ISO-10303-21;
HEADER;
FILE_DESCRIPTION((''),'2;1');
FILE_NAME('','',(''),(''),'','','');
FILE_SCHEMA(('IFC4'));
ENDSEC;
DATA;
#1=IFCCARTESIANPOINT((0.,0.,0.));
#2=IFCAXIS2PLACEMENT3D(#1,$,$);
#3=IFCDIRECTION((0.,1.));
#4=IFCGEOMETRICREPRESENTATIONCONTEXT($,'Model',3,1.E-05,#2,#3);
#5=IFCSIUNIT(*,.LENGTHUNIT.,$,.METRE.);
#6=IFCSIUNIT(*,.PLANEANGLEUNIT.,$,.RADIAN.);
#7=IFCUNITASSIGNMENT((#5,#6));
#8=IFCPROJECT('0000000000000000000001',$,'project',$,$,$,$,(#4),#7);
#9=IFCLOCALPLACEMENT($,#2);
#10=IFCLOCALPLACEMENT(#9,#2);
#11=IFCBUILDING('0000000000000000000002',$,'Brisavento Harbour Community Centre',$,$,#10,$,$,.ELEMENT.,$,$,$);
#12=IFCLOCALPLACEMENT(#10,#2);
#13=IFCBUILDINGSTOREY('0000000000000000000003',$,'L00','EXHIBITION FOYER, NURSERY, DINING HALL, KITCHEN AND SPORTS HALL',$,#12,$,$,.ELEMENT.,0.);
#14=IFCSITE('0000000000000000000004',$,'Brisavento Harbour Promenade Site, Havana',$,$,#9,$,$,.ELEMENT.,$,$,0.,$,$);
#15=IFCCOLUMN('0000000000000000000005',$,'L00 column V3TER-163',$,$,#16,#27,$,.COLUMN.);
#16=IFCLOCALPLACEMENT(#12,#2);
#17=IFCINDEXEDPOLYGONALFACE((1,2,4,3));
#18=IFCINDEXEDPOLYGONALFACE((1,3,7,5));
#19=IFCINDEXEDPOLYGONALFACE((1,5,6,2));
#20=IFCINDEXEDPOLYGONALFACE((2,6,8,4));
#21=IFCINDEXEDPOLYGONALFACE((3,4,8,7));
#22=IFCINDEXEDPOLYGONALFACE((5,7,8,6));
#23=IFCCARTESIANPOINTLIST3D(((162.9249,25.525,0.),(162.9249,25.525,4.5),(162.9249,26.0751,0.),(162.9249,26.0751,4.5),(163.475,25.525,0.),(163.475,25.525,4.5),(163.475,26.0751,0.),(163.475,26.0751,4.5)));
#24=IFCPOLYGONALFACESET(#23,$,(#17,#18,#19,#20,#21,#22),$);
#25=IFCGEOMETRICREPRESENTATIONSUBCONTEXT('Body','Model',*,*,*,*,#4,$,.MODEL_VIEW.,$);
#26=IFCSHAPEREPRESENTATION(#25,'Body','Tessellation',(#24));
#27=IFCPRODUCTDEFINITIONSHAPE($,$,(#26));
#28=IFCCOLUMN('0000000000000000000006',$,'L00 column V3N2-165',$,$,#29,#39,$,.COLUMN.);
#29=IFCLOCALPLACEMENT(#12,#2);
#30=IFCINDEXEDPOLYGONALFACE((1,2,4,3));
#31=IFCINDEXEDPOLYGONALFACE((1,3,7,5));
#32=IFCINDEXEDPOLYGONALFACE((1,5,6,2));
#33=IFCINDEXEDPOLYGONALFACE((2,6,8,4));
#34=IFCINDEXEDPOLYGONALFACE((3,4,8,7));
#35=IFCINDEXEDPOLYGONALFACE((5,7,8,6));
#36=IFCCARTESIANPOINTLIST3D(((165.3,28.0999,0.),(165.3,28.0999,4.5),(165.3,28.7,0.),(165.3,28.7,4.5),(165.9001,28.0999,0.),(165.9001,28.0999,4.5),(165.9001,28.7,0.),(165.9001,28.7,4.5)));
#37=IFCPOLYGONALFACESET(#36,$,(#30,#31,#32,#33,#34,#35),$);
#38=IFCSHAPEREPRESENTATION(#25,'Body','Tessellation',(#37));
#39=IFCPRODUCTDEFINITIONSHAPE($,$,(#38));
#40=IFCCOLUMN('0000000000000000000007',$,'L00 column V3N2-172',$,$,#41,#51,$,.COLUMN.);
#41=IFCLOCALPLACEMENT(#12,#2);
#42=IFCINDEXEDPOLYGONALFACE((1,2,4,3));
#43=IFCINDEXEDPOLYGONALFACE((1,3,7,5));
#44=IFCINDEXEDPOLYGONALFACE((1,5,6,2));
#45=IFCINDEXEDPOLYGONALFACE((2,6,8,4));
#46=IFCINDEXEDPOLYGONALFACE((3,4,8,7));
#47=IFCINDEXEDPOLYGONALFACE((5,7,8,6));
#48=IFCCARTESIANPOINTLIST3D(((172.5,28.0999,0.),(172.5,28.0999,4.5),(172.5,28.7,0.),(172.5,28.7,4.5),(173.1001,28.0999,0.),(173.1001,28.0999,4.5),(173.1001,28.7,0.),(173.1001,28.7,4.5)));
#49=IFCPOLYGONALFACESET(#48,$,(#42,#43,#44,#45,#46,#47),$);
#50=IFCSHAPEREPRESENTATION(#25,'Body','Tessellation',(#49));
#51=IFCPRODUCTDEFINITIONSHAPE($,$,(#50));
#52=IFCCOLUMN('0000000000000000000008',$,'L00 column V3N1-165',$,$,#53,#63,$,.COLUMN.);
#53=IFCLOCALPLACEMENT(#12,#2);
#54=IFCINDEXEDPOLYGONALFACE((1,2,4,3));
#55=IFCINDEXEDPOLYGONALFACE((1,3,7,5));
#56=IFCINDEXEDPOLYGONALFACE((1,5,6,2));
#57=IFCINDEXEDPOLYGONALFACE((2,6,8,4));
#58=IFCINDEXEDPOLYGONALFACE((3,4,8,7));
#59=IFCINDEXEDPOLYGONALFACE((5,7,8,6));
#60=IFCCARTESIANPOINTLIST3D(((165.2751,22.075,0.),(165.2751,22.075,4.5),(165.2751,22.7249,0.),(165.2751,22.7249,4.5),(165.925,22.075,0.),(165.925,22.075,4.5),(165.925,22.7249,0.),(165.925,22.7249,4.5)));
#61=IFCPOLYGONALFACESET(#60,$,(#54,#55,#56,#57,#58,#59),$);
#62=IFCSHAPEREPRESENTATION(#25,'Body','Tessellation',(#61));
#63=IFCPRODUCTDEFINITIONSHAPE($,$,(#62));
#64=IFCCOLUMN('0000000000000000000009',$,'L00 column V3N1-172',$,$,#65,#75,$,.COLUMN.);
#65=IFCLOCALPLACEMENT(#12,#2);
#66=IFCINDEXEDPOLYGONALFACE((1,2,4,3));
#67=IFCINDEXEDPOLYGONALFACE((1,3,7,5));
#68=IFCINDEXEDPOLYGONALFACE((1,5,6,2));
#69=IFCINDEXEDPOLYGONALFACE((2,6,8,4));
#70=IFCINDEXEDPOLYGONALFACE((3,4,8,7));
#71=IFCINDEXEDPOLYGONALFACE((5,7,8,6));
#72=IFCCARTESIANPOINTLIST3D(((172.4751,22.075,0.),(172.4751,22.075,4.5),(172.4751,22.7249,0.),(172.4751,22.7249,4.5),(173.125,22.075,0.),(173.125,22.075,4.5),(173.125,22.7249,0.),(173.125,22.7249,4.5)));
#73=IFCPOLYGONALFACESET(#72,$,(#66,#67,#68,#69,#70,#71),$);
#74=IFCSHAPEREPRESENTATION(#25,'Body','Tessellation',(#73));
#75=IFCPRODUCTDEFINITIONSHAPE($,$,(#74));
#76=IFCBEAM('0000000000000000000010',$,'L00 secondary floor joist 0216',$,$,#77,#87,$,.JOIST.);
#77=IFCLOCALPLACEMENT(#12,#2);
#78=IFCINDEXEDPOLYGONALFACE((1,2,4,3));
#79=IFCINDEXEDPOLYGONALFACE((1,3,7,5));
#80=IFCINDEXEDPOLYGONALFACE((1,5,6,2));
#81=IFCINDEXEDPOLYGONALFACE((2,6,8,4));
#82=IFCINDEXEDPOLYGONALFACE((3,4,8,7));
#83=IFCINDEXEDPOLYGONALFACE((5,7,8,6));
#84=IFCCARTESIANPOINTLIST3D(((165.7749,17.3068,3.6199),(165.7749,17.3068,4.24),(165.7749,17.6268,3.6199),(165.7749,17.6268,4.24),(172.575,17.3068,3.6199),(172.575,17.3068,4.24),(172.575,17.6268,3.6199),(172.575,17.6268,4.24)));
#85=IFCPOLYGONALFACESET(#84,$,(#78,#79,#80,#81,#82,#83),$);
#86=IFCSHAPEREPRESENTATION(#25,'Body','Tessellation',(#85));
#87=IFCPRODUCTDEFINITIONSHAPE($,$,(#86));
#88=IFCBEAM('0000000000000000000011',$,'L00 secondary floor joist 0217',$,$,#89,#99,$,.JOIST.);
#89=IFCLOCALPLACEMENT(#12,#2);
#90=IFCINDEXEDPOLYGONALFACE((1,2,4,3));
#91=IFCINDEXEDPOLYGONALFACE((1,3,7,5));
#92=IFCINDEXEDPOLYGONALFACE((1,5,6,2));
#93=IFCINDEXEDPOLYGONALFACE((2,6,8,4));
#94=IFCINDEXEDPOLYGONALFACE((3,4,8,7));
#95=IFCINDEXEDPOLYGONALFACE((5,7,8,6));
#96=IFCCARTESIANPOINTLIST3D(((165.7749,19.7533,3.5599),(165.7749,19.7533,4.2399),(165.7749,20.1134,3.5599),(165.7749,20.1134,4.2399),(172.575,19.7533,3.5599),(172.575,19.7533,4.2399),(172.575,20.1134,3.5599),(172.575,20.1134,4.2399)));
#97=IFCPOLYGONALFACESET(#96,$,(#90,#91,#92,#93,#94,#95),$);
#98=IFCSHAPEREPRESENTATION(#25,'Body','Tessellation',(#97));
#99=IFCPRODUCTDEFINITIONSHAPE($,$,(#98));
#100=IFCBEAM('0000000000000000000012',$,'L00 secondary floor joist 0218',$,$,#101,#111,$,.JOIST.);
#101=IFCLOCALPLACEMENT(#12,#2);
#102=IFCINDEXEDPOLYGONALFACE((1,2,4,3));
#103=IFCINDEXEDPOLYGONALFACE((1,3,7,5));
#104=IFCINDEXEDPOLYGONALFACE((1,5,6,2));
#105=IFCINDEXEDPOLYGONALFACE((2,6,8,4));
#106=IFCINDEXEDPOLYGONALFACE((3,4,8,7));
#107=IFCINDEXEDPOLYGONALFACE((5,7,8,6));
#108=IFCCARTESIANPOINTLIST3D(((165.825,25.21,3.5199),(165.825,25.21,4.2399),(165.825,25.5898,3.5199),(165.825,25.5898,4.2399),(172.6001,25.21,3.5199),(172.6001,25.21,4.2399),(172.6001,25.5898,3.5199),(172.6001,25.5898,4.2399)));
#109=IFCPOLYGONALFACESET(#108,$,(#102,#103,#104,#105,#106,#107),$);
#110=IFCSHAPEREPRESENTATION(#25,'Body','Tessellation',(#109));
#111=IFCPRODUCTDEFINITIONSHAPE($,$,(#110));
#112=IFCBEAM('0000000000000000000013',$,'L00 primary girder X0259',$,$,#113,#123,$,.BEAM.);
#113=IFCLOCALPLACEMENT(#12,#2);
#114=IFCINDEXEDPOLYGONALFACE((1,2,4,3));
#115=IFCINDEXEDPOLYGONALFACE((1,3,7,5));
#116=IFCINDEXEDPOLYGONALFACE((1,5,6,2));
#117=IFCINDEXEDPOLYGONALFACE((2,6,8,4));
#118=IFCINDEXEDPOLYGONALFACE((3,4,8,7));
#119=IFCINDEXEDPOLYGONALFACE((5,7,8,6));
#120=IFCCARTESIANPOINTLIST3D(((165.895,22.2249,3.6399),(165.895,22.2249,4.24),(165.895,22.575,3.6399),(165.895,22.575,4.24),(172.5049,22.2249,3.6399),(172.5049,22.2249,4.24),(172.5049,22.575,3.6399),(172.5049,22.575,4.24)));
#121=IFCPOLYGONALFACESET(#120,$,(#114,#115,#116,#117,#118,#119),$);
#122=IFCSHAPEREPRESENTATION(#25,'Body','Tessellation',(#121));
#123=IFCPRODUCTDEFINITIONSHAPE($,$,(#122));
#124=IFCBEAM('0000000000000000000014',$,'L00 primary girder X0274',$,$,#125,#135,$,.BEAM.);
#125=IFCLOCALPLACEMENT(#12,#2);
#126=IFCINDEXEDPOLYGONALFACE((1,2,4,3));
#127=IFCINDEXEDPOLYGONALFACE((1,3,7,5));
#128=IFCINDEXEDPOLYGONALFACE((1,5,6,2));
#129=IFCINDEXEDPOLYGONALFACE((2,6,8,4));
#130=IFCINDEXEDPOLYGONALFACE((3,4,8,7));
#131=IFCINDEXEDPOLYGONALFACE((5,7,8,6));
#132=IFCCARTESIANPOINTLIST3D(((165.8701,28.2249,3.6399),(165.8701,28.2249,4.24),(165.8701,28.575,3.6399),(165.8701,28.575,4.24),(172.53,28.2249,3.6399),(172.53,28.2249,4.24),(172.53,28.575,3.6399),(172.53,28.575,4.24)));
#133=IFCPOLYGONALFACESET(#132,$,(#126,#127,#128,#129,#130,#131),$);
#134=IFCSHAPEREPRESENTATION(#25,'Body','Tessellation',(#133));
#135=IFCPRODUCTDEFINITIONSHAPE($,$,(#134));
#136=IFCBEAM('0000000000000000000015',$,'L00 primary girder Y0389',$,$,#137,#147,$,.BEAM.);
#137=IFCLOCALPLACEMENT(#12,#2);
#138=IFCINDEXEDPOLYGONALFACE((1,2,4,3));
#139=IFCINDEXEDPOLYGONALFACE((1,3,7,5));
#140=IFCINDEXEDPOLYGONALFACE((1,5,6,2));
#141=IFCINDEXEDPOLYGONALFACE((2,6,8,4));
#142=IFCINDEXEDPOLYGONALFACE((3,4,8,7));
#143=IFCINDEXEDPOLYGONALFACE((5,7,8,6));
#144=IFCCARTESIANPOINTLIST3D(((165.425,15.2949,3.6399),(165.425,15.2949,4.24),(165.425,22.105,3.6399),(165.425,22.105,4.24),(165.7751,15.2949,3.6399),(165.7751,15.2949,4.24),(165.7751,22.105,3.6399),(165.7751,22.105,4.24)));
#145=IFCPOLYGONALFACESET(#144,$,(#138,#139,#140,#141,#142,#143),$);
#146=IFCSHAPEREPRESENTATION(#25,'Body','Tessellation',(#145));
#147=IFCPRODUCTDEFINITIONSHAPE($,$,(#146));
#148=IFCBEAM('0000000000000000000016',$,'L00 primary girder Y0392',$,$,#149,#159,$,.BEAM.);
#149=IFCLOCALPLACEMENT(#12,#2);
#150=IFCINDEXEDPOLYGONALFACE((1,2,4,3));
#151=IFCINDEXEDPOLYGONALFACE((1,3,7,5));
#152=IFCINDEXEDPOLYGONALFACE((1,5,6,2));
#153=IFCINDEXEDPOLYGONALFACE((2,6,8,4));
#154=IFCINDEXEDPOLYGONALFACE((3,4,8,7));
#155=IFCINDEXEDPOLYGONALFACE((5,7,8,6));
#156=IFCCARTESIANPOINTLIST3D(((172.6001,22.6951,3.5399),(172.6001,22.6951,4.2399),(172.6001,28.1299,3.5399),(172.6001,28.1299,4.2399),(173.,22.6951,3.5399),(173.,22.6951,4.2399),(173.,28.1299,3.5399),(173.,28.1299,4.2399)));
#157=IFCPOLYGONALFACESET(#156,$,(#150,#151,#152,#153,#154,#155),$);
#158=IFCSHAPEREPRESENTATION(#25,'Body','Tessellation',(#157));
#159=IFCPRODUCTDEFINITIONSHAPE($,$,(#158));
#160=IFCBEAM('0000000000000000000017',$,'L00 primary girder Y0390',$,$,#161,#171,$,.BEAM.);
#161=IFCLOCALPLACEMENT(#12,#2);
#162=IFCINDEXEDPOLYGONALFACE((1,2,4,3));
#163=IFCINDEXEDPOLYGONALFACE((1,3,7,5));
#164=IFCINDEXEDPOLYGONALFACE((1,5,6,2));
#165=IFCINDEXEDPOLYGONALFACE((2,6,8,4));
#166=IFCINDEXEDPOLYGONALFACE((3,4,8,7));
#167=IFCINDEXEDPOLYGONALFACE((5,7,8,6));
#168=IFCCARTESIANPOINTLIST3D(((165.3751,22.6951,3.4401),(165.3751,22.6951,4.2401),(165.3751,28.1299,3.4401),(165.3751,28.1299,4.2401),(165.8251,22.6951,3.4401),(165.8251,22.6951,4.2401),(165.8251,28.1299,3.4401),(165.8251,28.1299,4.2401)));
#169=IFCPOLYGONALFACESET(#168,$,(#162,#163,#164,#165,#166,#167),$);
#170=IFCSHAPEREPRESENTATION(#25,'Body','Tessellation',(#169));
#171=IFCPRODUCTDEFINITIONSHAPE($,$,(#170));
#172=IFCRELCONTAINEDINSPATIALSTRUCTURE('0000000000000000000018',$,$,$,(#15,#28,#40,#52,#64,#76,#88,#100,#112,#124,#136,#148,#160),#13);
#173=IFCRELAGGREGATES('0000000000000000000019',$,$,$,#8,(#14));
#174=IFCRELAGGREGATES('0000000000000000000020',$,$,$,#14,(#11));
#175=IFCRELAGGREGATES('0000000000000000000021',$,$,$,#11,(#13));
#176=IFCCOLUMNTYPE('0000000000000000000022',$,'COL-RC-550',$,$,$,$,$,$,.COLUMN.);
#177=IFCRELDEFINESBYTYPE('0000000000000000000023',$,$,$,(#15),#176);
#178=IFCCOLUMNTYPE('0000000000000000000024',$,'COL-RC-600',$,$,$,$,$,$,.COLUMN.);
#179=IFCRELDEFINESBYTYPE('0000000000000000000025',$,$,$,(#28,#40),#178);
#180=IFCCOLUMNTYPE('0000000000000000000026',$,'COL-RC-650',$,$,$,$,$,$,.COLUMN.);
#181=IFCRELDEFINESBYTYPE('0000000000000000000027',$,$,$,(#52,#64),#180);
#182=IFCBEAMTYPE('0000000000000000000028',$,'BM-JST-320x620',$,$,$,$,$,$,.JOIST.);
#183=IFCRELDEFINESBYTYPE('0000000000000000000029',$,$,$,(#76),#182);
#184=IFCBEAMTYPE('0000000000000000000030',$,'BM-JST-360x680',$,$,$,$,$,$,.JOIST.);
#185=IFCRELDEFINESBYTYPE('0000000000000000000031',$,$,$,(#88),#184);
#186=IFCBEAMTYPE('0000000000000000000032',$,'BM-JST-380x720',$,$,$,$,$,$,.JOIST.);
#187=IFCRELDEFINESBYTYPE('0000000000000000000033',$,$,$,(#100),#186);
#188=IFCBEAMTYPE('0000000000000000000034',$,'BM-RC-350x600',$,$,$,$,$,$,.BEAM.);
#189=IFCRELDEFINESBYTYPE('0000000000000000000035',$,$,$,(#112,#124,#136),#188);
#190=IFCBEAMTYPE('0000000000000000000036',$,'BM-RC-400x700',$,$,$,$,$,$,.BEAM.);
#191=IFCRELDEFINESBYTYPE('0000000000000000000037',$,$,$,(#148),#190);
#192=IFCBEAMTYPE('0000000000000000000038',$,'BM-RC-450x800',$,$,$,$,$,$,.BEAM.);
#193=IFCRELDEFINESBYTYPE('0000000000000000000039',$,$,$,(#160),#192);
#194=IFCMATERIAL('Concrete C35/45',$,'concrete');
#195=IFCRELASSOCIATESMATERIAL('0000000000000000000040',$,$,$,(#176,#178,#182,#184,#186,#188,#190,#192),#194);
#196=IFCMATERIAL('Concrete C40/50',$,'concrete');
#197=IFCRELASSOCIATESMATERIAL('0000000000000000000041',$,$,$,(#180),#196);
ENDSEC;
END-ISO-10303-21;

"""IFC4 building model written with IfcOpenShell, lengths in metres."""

from ifc_helpers import new_model, si_unit, direction, frame, origin, origin_2d, place, context, subcontext, project, spatial, rectangle, extrude, material, material_profile, profile_set, type_object, element, save


model = new_model("IFC4")

# Units and contexts
model_context = context("Model", 3, precision=1e-05, world=origin(), true_north=direction((0.0, 1.0)))
body_context = subcontext(model_context, "Body", "Model", "MODEL_VIEW")
ifc_project = project(units=[si_unit("LENGTHUNIT", "METRE"), si_unit("PLANEANGLEUNIT", "RADIAN")], contexts=[model_context])

# Site, building, storey
site_placement = place(None, origin())
site = spatial("IfcSite", under=ifc_project, at=site_placement, Name="Brisavento Harbour Promenade Site, Havana", CompositionType="ELEMENT", RefElevation=0.0)
building_placement = place(site_placement, origin())
building = spatial("IfcBuilding", under=site, at=building_placement, Name="Brisavento Harbour Community Centre", CompositionType="ELEMENT")
storey_placement = place(building_placement, origin())
storey = spatial("IfcBuildingStorey", under=building, at=storey_placement, Name="L00", Description="EXHIBITION FOYER, NURSERY, DINING HALL, KITCHEN AND SPORTS HALL", CompositionType="ELEMENT", Elevation=0.0)

# Columns
ifc_material_1 = material(Name="Concrete C35/45", Category="concrete")
ifc_material_profile_1 = material_profile(ifc_material_1, rectangle(XDim=0.55, YDim=0.55, at=origin_2d()), Name="Concrete C35/45")
ifc_profile_set_1 = profile_set([ifc_material_profile_1], Name="Concrete C35/45")
column_type_1 = type_object("IfcColumnType", Name="COL-RC-550", PredefinedType="COLUMN", material=ifc_profile_set_1)
column_placement = place(storey_placement, frame((163.2, 25.8, 0.0), z_axis=(0.0, 0.0, 1.0), x_axis=(1.0, 0.0, 0.0)))
element("IfcColumn", 1, at=column_placement, inside=storey, type_object=column_type_1, Name="L00 column V3TER-163", PredefinedType="COLUMN", context=body_context, shape_type="SweptSolid", body=[
    extrude(rectangle(XDim=0.55, YDim=0.55, at=origin_2d()), origin(), (0.0, 0.0, 1.0), 4.5),
])
ifc_material_profile_2 = material_profile(ifc_material_1, rectangle(XDim=0.6001, YDim=0.6001, at=origin_2d()), Name="Concrete C35/45")
ifc_profile_set_2 = profile_set([ifc_material_profile_2], Name="Concrete C35/45")
column_type_2 = type_object("IfcColumnType", Name="COL-RC-600", PredefinedType="COLUMN", material=ifc_profile_set_2)
for number, where, z_axis, x_axis, name in (
    (2, (165.6001, 28.3999, 0.0), (0.0, 0.0, 1.0), (1.0, 0.0, 0.0), "L00 column V3N2-165"),
    (3, (172.8, 28.3999, 0.0), (0.0, 0.0, 1.0), (1.0, 0.0, 0.0), "L00 column V3N2-172"),
):
    element("IfcColumn", number, at=place(storey_placement, frame(where, z_axis=z_axis, x_axis=x_axis)), inside=storey, type_object=column_type_2, Name=name, PredefinedType="COLUMN", context=body_context, shape_type="SweptSolid", body=[
        extrude(rectangle(XDim=0.6001, YDim=0.6001, at=origin_2d()), origin(), (0.0, 0.0, 1.0), 4.5),
    ])
ifc_material_2 = material(Name="Concrete C40/50", Category="concrete")
ifc_material_profile_3 = material_profile(ifc_material_2, rectangle(XDim=0.6499, YDim=0.6499, at=origin_2d()), Name="Concrete C40/50")
ifc_profile_set_3 = profile_set([ifc_material_profile_3], Name="Concrete C40/50")
column_type_3 = type_object("IfcColumnType", Name="COL-RC-650", PredefinedType="COLUMN", material=ifc_profile_set_3)
for number, where, z_axis, x_axis, name in (
    (4, (165.6001, 22.3999, 0.0), (0.0, 0.0, 1.0), (1.0, 0.0, 0.0), "L00 column V3N1-165"),
    (5, (172.8, 22.3999, 0.0), (0.0, 0.0, 1.0), (1.0, 0.0, 0.0), "L00 column V3N1-172"),
):
    element("IfcColumn", number, at=place(storey_placement, frame(where, z_axis=z_axis, x_axis=x_axis)), inside=storey, type_object=column_type_3, Name=name, PredefinedType="COLUMN", context=body_context, shape_type="SweptSolid", body=[
        extrude(rectangle(XDim=0.6499, YDim=0.6499, at=origin_2d()), origin(), (0.0, 0.0, 1.0), 4.5),
    ])

# Beams
ifc_material_profile_4 = material_profile(ifc_material_1, rectangle(XDim=0.3201, YDim=0.6201, at=origin_2d()), Name="Concrete C35/45")
ifc_profile_set_4 = profile_set([ifc_material_profile_4], Name="Concrete C35/45")
beam_type_1 = type_object("IfcBeamType", Name="BM-JST-320x620", PredefinedType="JOIST", material=ifc_profile_set_4)
beam_1_placement = place(storey_placement, frame((165.7749, 17.4668, 3.9299), z_axis=(1.0, 0.0, 0.0), x_axis=(0.0, 1.0, 0.0)))
element("IfcBeam", 6, at=beam_1_placement, inside=storey, type_object=beam_type_1, Name="L00 secondary floor joist 0216", PredefinedType="JOIST", context=body_context, shape_type="SweptSolid", body=[
    extrude(rectangle(XDim=0.3201, YDim=0.6201, at=origin_2d()), origin(), (0.0, 0.0, 1.0), 6.8),
])
ifc_material_profile_5 = material_profile(ifc_material_1, rectangle(XDim=0.3601, YDim=0.6799, at=origin_2d()), Name="Concrete C35/45")
ifc_profile_set_5 = profile_set([ifc_material_profile_5], Name="Concrete C35/45")
beam_type_2 = type_object("IfcBeamType", Name="BM-JST-360x680", PredefinedType="JOIST", material=ifc_profile_set_5)
beam_2_placement = place(storey_placement, frame((165.7749, 19.9333, 3.8999), z_axis=(1.0, 0.0, 0.0), x_axis=(0.0, 1.0, 0.0)))
element("IfcBeam", 7, at=beam_2_placement, inside=storey, type_object=beam_type_2, Name="L00 secondary floor joist 0217", PredefinedType="JOIST", context=body_context, shape_type="SweptSolid", body=[
    extrude(rectangle(XDim=0.3601, YDim=0.6799, at=origin_2d()), origin(), (0.0, 0.0, 1.0), 6.8),
])
ifc_material_profile_6 = material_profile(ifc_material_1, rectangle(XDim=0.3799, YDim=0.72, at=origin_2d()), Name="Concrete C35/45")
ifc_profile_set_6 = profile_set([ifc_material_profile_6], Name="Concrete C35/45")
beam_type_3 = type_object("IfcBeamType", Name="BM-JST-380x720", PredefinedType="JOIST", material=ifc_profile_set_6)
beam_3_placement = place(storey_placement, frame((165.825, 25.3999, 3.8799), z_axis=(1.0, 0.0, 0.0), x_axis=(0.0, 1.0, 0.0)))
element("IfcBeam", 8, at=beam_3_placement, inside=storey, type_object=beam_type_3, Name="L00 secondary floor joist 0218", PredefinedType="JOIST", context=body_context, shape_type="SweptSolid", body=[
    extrude(rectangle(XDim=0.3799, YDim=0.72, at=origin_2d()), origin(), (0.0, 0.0, 1.0), 6.7751),
])
ifc_material_profile_7 = material_profile(ifc_material_1, rectangle(XDim=0.3501, YDim=0.6001, at=origin_2d()), Name="Concrete C35/45")
ifc_profile_set_7 = profile_set([ifc_material_profile_7], Name="Concrete C35/45")
beam_type_4 = type_object("IfcBeamType", Name="BM-RC-350x600", PredefinedType="BEAM", material=ifc_profile_set_7)
beam_4_placement = place(storey_placement, frame((165.895, 22.3999, 3.9399), z_axis=(1.0, 0.0, 0.0), x_axis=(0.0, 1.0, 0.0)))
element("IfcBeam", 9, at=beam_4_placement, inside=storey, type_object=beam_type_4, Name="L00 primary girder X0259", PredefinedType="BEAM", context=body_context, shape_type="SweptSolid", body=[
    extrude(rectangle(XDim=0.3501, YDim=0.6001, at=origin_2d()), origin(), (0.0, 0.0, 1.0), 6.6099),
])
beam_5_placement = place(storey_placement, frame((165.8701, 28.3999, 3.9399), z_axis=(1.0, 0.0, 0.0), x_axis=(0.0, 1.0, 0.0)))
element("IfcBeam", 10, at=beam_5_placement, inside=storey, type_object=beam_type_4, Name="L00 primary girder X0274", PredefinedType="BEAM", context=body_context, shape_type="SweptSolid", body=[
    extrude(rectangle(XDim=0.3501, YDim=0.6001, at=origin_2d()), origin(), (0.0, 0.0, 1.0), 6.6599),
])
beam_6_placement = place(storey_placement, frame((165.6001, 15.2949, 3.9399), z_axis=(0.0, 1.0, 0.0), x_axis=(-1.0, 0.0, 0.0)))
element("IfcBeam", 11, at=beam_6_placement, inside=storey, type_object=beam_type_4, Name="L00 primary girder Y0389", PredefinedType="BEAM", context=body_context, shape_type="SweptSolid", body=[
    extrude(rectangle(XDim=0.3501, YDim=0.6001, at=origin_2d()), origin(), (0.0, 0.0, 1.0), 6.8101),
])
ifc_material_profile_8 = material_profile(ifc_material_1, rectangle(XDim=0.3999, YDim=0.7, at=origin_2d()), Name="Concrete C35/45")
ifc_profile_set_8 = profile_set([ifc_material_profile_8], Name="Concrete C35/45")
beam_type_5 = type_object("IfcBeamType", Name="BM-RC-400x700", PredefinedType="BEAM", material=ifc_profile_set_8)
beam_7_placement = place(storey_placement, frame((172.8, 22.6951, 3.8899), z_axis=(0.0, 1.0, 0.0), x_axis=(-1.0, 0.0, 0.0)))
element("IfcBeam", 12, at=beam_7_placement, inside=storey, type_object=beam_type_5, Name="L00 primary girder Y0392", PredefinedType="BEAM", context=body_context, shape_type="SweptSolid", body=[
    extrude(rectangle(XDim=0.3999, YDim=0.7, at=origin_2d()), origin(), (0.0, 0.0, 1.0), 5.4348),
])
ifc_material_profile_9 = material_profile(ifc_material_1, rectangle(XDim=0.45, YDim=0.8, at=origin_2d()), Name="Concrete C35/45")
ifc_profile_set_9 = profile_set([ifc_material_profile_9], Name="Concrete C35/45")
beam_type_6 = type_object("IfcBeamType", Name="BM-RC-450x800", PredefinedType="BEAM", material=ifc_profile_set_9)
beam_8_placement = place(storey_placement, frame((165.6001, 22.6951, 3.8401), z_axis=(0.0, 1.0, 0.0), x_axis=(-1.0, 0.0, 0.0)))
element("IfcBeam", 13, at=beam_8_placement, inside=storey, type_object=beam_type_6, Name="L00 primary girder Y0390", PredefinedType="BEAM", context=body_context, shape_type="SweptSolid", body=[
    extrude(rectangle(XDim=0.45, YDim=0.8, at=origin_2d()), origin(), (0.0, 0.0, 1.0), 5.4348),
])

save(model, "model.ifc")
